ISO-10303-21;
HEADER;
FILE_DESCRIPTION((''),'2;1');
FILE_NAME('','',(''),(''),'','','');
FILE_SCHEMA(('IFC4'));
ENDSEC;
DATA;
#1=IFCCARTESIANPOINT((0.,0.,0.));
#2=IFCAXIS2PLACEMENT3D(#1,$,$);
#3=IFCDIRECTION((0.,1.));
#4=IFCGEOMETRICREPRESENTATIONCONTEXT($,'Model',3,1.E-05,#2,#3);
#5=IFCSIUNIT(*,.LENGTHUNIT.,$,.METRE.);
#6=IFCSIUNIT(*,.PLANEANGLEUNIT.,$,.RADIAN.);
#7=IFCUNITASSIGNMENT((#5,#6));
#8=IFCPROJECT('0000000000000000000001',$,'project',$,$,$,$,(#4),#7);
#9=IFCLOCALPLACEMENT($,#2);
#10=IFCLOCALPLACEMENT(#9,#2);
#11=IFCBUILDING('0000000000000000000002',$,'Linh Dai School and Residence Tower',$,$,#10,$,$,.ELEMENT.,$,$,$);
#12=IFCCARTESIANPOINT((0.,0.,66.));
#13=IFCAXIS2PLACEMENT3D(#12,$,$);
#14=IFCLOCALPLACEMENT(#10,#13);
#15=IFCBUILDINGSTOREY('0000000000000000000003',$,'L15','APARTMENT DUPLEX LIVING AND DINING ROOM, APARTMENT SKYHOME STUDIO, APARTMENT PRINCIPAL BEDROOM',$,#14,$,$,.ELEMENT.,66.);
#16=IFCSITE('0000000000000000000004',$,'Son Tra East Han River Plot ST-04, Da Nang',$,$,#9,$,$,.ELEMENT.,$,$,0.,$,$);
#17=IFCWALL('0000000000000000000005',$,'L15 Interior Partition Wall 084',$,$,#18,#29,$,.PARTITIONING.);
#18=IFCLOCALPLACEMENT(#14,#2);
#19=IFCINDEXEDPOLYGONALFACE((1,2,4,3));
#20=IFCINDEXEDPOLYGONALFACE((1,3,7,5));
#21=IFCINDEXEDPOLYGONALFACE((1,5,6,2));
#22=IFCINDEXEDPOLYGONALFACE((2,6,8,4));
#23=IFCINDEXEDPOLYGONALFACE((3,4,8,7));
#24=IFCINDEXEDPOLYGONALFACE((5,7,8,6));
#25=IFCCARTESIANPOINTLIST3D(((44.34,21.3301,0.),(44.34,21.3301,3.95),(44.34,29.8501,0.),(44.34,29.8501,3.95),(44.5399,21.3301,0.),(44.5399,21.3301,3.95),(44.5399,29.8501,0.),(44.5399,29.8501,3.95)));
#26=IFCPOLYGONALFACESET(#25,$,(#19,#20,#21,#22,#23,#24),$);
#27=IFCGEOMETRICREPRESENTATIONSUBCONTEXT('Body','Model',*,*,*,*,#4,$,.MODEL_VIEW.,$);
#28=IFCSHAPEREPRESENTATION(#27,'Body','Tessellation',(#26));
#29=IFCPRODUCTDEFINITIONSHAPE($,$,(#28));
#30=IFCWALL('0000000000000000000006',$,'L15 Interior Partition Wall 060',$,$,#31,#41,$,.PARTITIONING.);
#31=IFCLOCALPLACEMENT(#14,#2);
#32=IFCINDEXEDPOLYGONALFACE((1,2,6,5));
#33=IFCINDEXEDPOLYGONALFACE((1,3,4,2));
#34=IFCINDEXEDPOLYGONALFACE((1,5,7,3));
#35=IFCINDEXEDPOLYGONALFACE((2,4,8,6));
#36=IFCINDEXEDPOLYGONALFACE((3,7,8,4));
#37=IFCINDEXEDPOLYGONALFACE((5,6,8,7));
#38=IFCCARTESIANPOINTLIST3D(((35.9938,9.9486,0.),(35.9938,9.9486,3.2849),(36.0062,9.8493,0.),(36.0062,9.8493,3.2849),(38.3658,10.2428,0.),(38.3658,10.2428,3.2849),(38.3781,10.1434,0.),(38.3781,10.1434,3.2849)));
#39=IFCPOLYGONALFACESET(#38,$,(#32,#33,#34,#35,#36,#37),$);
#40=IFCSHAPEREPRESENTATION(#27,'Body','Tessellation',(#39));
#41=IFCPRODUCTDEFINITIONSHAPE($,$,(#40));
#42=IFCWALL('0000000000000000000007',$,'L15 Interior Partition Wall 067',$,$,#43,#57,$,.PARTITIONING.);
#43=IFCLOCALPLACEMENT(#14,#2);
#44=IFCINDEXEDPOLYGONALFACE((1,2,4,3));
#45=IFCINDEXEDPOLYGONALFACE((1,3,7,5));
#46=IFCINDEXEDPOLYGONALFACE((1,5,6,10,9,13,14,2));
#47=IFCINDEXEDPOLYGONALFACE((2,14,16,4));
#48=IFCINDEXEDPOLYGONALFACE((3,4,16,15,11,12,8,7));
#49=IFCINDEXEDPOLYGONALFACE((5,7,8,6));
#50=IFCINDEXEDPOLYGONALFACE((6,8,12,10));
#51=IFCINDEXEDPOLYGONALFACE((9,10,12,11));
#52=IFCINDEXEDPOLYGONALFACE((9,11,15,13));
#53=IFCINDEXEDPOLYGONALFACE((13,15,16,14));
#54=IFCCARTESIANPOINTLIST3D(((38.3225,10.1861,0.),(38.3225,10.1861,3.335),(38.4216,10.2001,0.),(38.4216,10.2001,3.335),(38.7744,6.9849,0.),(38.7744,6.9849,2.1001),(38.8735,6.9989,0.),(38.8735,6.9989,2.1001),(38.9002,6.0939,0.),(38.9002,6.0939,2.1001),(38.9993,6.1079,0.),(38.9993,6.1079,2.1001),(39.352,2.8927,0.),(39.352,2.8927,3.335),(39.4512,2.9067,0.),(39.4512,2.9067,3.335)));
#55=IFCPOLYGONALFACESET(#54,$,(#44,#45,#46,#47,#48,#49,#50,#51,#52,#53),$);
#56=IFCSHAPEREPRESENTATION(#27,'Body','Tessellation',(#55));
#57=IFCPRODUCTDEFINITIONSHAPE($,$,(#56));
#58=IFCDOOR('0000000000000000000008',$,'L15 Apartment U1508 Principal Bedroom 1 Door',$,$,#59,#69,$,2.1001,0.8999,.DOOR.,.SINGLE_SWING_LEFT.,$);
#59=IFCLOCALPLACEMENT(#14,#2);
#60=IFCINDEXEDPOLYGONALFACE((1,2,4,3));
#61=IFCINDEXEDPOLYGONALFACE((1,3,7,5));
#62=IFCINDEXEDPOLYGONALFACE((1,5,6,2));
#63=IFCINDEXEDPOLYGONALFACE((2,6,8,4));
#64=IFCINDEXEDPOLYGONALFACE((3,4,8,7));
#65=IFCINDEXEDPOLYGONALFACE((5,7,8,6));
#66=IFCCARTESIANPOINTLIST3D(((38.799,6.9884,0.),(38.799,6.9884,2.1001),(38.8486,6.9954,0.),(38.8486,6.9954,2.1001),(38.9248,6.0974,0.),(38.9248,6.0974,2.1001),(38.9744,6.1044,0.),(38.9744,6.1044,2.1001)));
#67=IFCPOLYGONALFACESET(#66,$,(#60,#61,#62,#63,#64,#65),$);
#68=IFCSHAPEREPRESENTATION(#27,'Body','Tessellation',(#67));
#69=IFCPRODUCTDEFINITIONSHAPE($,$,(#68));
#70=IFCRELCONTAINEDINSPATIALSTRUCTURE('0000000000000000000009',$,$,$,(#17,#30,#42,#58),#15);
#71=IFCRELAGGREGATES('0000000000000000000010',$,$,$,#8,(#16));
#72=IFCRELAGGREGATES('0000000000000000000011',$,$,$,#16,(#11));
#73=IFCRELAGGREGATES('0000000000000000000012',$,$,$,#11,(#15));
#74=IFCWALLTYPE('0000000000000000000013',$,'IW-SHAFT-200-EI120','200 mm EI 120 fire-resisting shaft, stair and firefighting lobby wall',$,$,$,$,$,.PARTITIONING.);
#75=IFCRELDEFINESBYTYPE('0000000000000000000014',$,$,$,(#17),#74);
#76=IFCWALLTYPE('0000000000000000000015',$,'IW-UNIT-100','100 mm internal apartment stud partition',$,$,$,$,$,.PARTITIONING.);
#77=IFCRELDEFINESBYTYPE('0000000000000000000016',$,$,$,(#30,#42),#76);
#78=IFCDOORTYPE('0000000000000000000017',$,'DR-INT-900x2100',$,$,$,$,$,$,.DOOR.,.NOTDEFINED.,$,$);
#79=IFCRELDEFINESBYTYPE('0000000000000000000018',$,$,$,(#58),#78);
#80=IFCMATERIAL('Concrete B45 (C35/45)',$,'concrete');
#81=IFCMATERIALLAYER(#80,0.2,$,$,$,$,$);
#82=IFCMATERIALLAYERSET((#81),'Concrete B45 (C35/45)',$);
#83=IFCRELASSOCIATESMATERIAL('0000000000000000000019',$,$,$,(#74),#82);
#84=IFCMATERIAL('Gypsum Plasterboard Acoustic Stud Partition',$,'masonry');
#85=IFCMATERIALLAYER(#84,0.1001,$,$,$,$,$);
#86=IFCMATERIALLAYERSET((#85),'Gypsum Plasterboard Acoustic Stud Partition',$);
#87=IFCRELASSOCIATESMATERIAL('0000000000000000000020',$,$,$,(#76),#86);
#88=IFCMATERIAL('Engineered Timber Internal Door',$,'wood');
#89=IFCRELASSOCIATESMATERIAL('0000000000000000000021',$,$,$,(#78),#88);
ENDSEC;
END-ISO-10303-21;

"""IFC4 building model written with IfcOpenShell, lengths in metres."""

from ifc_helpers import new_model, si_unit, direction, frame, frame_2d, origin, origin_2d, place, context, subcontext, project, spatial, rectangle, extrude, source, transform, mapped, material, layer, layer_set, type_object, element, fill, save


model = new_model("IFC4")

# Units and contexts
model_context = context("Model", 3, precision=1e-05, world=origin(), true_north=direction((0.0, 1.0)))
body_context = subcontext(model_context, "Body", "Model", "MODEL_VIEW")
ifc_project = project(units=[si_unit("LENGTHUNIT", "METRE"), si_unit("PLANEANGLEUNIT", "RADIAN")], contexts=[model_context])

# Site, building, storey
site_placement = place(None, origin())
site = spatial("IfcSite", under=ifc_project, at=site_placement, Name="Son Tra East Han River Plot ST-04, Da Nang", CompositionType="ELEMENT", RefElevation=0.0)
building_placement = place(site_placement, origin())
building = spatial("IfcBuilding", under=site, at=building_placement, Name="Linh Dai School and Residence Tower", CompositionType="ELEMENT")
storey_placement = place(building_placement, frame((0.0, 0.0, 66.0)))
storey = spatial("IfcBuildingStorey", under=building, at=storey_placement, Name="L15", Description="APARTMENT DUPLEX LIVING AND DINING ROOM, APARTMENT SKYHOME STUDIO, APARTMENT PRINCIPAL BEDROOM", CompositionType="ELEMENT", Elevation=66.0)

# Walls
ifc_material_1 = material(Name="Concrete B45 (C35/45)", Category="concrete")
ifc_layer_1 = layer(ifc_material_1, 0.2)
ifc_layer_set_1 = layer_set([ifc_layer_1], Name="Concrete B45 (C35/45)")
wall_type_1 = type_object("IfcWallType", Name="IW-SHAFT-200-EI120", Description="200 mm EI 120 fire-resisting shaft, stair and firefighting lobby wall", PredefinedType="PARTITIONING", material=ifc_layer_set_1)
wall_1_placement = place(storey_placement, frame((44.4399, 21.3301, 0.0), z_axis=(0.0, 0.0, 1.0), x_axis=(0.0, 1.0, 0.0)))
element("IfcWall", 1, at=wall_1_placement, inside=storey, type_object=wall_type_1, Name="L15 Interior Partition Wall 084", PredefinedType="PARTITIONING", context=body_context, shape_type="SweptSolid", body=[
    extrude(rectangle(XDim=8.52, YDim=0.2, at=frame_2d((4.26, 0.0))), origin(), (0.0, 0.0, 1.0), 3.95),
])
ifc_material_2 = material(Name="Gypsum Plasterboard Acoustic Stud Partition", Category="masonry")
ifc_layer_2 = layer(ifc_material_2, 0.1001)
ifc_layer_set_2 = layer_set([ifc_layer_2], Name="Gypsum Plasterboard Acoustic Stud Partition")
wall_type_2 = type_object("IfcWallType", Name="IW-UNIT-100", Description="100 mm internal apartment stud partition", PredefinedType="PARTITIONING", material=ifc_layer_set_2)
wall_2_placement = place(storey_placement, frame((36.0, 9.8989, 0.0), z_axis=(0.0, 0.0, 1.0), x_axis=(0.992397, 0.123079, 0.0)))
element("IfcWall", 2, at=wall_2_placement, inside=storey, type_object=wall_type_2, Name="L15 Interior Partition Wall 060", PredefinedType="PARTITIONING", context=body_context, shape_type="SweptSolid", body=[
    extrude(rectangle(XDim=2.3901, YDim=0.1001, at=frame_2d((1.1951, 0.0))), origin(), (0.0, 0.0, 1.0), 3.2849),
])

# Wall, opening, door
wall_3_placement = place(storey_placement, frame((38.3721, 10.1931, 0.0), z_axis=(0.0, 0.0, 1.0), x_axis=(0.139774, -0.990183, 0.0)))
wall_3 = element("IfcWall", 3, at=wall_3_placement, inside=storey, type_object=wall_type_2, Name="L15 Interior Partition Wall 067", PredefinedType="PARTITIONING", context=body_context, shape_type="SweptSolid", body=[
    extrude(rectangle(XDim=7.3657, YDim=0.1001, at=frame_2d((3.6829, 0.0))), origin(), (0.0, 0.0, 1.0), 3.335),
])
opening_1_placement = place(wall_3_placement, frame((3.2329, 0.0, 0.0)))
opening_1 = element("IfcOpeningElement", 4, at=opening_1_placement, cuts=wall_3, PredefinedType="OPENING", context=body_context, shape_type="SweptSolid", body=[
    extrude(rectangle(XDim=0.8999, YDim=2.1001, at=origin_2d()), frame((0.45, 0.0601, 1.05), z_axis=(0.0, -1.0, 0.0), x_axis=(1.0, 0.0, 0.0)), (0.0, 0.0, 1.0), 0.1201),
])
ifc_material_3 = material(Name="Engineered Timber Internal Door", Category="wood")
door_type_1 = type_object("IfcDoorType", Name="DR-INT-900x2100", OperationType="NOTDEFINED", PredefinedType="DOOR", material=ifc_material_3)
shared_shape_1 = source(origin(), body_context, "Body", "SweptSolid", [
    extrude(rectangle(XDim=0.8999, YDim=2.1001, at=origin_2d()), frame((0.45, 0.0249, 1.05), z_axis=(0.0, -1.0, 0.0), x_axis=(1.0, 0.0, 0.0)), (0.0, 0.0, 1.0), 0.05),
])
door_1_placement = place(opening_1_placement, origin())
door_1 = element("IfcDoor", 5, at=door_1_placement, inside=storey, type_object=door_type_1, Name="L15 Apartment U1508 Principal Bedroom 1 Door", OperationType="SINGLE_SWING_LEFT", OverallHeight=2.1001, OverallWidth=0.8999, PredefinedType="DOOR", context=body_context, shape_type="MappedRepresentation", body=[
    mapped(shared_shape_1, transform((0.0, 0.0, 0.0), x_axis=(1.0, 0.0, 0.0), y_axis=(0.0, 1.0, 0.0), z_axis=(0.0, 0.0, 1.0), scale=1.0)),
])
fill(opening_1, door_1)

save(model, "model.ifc")
